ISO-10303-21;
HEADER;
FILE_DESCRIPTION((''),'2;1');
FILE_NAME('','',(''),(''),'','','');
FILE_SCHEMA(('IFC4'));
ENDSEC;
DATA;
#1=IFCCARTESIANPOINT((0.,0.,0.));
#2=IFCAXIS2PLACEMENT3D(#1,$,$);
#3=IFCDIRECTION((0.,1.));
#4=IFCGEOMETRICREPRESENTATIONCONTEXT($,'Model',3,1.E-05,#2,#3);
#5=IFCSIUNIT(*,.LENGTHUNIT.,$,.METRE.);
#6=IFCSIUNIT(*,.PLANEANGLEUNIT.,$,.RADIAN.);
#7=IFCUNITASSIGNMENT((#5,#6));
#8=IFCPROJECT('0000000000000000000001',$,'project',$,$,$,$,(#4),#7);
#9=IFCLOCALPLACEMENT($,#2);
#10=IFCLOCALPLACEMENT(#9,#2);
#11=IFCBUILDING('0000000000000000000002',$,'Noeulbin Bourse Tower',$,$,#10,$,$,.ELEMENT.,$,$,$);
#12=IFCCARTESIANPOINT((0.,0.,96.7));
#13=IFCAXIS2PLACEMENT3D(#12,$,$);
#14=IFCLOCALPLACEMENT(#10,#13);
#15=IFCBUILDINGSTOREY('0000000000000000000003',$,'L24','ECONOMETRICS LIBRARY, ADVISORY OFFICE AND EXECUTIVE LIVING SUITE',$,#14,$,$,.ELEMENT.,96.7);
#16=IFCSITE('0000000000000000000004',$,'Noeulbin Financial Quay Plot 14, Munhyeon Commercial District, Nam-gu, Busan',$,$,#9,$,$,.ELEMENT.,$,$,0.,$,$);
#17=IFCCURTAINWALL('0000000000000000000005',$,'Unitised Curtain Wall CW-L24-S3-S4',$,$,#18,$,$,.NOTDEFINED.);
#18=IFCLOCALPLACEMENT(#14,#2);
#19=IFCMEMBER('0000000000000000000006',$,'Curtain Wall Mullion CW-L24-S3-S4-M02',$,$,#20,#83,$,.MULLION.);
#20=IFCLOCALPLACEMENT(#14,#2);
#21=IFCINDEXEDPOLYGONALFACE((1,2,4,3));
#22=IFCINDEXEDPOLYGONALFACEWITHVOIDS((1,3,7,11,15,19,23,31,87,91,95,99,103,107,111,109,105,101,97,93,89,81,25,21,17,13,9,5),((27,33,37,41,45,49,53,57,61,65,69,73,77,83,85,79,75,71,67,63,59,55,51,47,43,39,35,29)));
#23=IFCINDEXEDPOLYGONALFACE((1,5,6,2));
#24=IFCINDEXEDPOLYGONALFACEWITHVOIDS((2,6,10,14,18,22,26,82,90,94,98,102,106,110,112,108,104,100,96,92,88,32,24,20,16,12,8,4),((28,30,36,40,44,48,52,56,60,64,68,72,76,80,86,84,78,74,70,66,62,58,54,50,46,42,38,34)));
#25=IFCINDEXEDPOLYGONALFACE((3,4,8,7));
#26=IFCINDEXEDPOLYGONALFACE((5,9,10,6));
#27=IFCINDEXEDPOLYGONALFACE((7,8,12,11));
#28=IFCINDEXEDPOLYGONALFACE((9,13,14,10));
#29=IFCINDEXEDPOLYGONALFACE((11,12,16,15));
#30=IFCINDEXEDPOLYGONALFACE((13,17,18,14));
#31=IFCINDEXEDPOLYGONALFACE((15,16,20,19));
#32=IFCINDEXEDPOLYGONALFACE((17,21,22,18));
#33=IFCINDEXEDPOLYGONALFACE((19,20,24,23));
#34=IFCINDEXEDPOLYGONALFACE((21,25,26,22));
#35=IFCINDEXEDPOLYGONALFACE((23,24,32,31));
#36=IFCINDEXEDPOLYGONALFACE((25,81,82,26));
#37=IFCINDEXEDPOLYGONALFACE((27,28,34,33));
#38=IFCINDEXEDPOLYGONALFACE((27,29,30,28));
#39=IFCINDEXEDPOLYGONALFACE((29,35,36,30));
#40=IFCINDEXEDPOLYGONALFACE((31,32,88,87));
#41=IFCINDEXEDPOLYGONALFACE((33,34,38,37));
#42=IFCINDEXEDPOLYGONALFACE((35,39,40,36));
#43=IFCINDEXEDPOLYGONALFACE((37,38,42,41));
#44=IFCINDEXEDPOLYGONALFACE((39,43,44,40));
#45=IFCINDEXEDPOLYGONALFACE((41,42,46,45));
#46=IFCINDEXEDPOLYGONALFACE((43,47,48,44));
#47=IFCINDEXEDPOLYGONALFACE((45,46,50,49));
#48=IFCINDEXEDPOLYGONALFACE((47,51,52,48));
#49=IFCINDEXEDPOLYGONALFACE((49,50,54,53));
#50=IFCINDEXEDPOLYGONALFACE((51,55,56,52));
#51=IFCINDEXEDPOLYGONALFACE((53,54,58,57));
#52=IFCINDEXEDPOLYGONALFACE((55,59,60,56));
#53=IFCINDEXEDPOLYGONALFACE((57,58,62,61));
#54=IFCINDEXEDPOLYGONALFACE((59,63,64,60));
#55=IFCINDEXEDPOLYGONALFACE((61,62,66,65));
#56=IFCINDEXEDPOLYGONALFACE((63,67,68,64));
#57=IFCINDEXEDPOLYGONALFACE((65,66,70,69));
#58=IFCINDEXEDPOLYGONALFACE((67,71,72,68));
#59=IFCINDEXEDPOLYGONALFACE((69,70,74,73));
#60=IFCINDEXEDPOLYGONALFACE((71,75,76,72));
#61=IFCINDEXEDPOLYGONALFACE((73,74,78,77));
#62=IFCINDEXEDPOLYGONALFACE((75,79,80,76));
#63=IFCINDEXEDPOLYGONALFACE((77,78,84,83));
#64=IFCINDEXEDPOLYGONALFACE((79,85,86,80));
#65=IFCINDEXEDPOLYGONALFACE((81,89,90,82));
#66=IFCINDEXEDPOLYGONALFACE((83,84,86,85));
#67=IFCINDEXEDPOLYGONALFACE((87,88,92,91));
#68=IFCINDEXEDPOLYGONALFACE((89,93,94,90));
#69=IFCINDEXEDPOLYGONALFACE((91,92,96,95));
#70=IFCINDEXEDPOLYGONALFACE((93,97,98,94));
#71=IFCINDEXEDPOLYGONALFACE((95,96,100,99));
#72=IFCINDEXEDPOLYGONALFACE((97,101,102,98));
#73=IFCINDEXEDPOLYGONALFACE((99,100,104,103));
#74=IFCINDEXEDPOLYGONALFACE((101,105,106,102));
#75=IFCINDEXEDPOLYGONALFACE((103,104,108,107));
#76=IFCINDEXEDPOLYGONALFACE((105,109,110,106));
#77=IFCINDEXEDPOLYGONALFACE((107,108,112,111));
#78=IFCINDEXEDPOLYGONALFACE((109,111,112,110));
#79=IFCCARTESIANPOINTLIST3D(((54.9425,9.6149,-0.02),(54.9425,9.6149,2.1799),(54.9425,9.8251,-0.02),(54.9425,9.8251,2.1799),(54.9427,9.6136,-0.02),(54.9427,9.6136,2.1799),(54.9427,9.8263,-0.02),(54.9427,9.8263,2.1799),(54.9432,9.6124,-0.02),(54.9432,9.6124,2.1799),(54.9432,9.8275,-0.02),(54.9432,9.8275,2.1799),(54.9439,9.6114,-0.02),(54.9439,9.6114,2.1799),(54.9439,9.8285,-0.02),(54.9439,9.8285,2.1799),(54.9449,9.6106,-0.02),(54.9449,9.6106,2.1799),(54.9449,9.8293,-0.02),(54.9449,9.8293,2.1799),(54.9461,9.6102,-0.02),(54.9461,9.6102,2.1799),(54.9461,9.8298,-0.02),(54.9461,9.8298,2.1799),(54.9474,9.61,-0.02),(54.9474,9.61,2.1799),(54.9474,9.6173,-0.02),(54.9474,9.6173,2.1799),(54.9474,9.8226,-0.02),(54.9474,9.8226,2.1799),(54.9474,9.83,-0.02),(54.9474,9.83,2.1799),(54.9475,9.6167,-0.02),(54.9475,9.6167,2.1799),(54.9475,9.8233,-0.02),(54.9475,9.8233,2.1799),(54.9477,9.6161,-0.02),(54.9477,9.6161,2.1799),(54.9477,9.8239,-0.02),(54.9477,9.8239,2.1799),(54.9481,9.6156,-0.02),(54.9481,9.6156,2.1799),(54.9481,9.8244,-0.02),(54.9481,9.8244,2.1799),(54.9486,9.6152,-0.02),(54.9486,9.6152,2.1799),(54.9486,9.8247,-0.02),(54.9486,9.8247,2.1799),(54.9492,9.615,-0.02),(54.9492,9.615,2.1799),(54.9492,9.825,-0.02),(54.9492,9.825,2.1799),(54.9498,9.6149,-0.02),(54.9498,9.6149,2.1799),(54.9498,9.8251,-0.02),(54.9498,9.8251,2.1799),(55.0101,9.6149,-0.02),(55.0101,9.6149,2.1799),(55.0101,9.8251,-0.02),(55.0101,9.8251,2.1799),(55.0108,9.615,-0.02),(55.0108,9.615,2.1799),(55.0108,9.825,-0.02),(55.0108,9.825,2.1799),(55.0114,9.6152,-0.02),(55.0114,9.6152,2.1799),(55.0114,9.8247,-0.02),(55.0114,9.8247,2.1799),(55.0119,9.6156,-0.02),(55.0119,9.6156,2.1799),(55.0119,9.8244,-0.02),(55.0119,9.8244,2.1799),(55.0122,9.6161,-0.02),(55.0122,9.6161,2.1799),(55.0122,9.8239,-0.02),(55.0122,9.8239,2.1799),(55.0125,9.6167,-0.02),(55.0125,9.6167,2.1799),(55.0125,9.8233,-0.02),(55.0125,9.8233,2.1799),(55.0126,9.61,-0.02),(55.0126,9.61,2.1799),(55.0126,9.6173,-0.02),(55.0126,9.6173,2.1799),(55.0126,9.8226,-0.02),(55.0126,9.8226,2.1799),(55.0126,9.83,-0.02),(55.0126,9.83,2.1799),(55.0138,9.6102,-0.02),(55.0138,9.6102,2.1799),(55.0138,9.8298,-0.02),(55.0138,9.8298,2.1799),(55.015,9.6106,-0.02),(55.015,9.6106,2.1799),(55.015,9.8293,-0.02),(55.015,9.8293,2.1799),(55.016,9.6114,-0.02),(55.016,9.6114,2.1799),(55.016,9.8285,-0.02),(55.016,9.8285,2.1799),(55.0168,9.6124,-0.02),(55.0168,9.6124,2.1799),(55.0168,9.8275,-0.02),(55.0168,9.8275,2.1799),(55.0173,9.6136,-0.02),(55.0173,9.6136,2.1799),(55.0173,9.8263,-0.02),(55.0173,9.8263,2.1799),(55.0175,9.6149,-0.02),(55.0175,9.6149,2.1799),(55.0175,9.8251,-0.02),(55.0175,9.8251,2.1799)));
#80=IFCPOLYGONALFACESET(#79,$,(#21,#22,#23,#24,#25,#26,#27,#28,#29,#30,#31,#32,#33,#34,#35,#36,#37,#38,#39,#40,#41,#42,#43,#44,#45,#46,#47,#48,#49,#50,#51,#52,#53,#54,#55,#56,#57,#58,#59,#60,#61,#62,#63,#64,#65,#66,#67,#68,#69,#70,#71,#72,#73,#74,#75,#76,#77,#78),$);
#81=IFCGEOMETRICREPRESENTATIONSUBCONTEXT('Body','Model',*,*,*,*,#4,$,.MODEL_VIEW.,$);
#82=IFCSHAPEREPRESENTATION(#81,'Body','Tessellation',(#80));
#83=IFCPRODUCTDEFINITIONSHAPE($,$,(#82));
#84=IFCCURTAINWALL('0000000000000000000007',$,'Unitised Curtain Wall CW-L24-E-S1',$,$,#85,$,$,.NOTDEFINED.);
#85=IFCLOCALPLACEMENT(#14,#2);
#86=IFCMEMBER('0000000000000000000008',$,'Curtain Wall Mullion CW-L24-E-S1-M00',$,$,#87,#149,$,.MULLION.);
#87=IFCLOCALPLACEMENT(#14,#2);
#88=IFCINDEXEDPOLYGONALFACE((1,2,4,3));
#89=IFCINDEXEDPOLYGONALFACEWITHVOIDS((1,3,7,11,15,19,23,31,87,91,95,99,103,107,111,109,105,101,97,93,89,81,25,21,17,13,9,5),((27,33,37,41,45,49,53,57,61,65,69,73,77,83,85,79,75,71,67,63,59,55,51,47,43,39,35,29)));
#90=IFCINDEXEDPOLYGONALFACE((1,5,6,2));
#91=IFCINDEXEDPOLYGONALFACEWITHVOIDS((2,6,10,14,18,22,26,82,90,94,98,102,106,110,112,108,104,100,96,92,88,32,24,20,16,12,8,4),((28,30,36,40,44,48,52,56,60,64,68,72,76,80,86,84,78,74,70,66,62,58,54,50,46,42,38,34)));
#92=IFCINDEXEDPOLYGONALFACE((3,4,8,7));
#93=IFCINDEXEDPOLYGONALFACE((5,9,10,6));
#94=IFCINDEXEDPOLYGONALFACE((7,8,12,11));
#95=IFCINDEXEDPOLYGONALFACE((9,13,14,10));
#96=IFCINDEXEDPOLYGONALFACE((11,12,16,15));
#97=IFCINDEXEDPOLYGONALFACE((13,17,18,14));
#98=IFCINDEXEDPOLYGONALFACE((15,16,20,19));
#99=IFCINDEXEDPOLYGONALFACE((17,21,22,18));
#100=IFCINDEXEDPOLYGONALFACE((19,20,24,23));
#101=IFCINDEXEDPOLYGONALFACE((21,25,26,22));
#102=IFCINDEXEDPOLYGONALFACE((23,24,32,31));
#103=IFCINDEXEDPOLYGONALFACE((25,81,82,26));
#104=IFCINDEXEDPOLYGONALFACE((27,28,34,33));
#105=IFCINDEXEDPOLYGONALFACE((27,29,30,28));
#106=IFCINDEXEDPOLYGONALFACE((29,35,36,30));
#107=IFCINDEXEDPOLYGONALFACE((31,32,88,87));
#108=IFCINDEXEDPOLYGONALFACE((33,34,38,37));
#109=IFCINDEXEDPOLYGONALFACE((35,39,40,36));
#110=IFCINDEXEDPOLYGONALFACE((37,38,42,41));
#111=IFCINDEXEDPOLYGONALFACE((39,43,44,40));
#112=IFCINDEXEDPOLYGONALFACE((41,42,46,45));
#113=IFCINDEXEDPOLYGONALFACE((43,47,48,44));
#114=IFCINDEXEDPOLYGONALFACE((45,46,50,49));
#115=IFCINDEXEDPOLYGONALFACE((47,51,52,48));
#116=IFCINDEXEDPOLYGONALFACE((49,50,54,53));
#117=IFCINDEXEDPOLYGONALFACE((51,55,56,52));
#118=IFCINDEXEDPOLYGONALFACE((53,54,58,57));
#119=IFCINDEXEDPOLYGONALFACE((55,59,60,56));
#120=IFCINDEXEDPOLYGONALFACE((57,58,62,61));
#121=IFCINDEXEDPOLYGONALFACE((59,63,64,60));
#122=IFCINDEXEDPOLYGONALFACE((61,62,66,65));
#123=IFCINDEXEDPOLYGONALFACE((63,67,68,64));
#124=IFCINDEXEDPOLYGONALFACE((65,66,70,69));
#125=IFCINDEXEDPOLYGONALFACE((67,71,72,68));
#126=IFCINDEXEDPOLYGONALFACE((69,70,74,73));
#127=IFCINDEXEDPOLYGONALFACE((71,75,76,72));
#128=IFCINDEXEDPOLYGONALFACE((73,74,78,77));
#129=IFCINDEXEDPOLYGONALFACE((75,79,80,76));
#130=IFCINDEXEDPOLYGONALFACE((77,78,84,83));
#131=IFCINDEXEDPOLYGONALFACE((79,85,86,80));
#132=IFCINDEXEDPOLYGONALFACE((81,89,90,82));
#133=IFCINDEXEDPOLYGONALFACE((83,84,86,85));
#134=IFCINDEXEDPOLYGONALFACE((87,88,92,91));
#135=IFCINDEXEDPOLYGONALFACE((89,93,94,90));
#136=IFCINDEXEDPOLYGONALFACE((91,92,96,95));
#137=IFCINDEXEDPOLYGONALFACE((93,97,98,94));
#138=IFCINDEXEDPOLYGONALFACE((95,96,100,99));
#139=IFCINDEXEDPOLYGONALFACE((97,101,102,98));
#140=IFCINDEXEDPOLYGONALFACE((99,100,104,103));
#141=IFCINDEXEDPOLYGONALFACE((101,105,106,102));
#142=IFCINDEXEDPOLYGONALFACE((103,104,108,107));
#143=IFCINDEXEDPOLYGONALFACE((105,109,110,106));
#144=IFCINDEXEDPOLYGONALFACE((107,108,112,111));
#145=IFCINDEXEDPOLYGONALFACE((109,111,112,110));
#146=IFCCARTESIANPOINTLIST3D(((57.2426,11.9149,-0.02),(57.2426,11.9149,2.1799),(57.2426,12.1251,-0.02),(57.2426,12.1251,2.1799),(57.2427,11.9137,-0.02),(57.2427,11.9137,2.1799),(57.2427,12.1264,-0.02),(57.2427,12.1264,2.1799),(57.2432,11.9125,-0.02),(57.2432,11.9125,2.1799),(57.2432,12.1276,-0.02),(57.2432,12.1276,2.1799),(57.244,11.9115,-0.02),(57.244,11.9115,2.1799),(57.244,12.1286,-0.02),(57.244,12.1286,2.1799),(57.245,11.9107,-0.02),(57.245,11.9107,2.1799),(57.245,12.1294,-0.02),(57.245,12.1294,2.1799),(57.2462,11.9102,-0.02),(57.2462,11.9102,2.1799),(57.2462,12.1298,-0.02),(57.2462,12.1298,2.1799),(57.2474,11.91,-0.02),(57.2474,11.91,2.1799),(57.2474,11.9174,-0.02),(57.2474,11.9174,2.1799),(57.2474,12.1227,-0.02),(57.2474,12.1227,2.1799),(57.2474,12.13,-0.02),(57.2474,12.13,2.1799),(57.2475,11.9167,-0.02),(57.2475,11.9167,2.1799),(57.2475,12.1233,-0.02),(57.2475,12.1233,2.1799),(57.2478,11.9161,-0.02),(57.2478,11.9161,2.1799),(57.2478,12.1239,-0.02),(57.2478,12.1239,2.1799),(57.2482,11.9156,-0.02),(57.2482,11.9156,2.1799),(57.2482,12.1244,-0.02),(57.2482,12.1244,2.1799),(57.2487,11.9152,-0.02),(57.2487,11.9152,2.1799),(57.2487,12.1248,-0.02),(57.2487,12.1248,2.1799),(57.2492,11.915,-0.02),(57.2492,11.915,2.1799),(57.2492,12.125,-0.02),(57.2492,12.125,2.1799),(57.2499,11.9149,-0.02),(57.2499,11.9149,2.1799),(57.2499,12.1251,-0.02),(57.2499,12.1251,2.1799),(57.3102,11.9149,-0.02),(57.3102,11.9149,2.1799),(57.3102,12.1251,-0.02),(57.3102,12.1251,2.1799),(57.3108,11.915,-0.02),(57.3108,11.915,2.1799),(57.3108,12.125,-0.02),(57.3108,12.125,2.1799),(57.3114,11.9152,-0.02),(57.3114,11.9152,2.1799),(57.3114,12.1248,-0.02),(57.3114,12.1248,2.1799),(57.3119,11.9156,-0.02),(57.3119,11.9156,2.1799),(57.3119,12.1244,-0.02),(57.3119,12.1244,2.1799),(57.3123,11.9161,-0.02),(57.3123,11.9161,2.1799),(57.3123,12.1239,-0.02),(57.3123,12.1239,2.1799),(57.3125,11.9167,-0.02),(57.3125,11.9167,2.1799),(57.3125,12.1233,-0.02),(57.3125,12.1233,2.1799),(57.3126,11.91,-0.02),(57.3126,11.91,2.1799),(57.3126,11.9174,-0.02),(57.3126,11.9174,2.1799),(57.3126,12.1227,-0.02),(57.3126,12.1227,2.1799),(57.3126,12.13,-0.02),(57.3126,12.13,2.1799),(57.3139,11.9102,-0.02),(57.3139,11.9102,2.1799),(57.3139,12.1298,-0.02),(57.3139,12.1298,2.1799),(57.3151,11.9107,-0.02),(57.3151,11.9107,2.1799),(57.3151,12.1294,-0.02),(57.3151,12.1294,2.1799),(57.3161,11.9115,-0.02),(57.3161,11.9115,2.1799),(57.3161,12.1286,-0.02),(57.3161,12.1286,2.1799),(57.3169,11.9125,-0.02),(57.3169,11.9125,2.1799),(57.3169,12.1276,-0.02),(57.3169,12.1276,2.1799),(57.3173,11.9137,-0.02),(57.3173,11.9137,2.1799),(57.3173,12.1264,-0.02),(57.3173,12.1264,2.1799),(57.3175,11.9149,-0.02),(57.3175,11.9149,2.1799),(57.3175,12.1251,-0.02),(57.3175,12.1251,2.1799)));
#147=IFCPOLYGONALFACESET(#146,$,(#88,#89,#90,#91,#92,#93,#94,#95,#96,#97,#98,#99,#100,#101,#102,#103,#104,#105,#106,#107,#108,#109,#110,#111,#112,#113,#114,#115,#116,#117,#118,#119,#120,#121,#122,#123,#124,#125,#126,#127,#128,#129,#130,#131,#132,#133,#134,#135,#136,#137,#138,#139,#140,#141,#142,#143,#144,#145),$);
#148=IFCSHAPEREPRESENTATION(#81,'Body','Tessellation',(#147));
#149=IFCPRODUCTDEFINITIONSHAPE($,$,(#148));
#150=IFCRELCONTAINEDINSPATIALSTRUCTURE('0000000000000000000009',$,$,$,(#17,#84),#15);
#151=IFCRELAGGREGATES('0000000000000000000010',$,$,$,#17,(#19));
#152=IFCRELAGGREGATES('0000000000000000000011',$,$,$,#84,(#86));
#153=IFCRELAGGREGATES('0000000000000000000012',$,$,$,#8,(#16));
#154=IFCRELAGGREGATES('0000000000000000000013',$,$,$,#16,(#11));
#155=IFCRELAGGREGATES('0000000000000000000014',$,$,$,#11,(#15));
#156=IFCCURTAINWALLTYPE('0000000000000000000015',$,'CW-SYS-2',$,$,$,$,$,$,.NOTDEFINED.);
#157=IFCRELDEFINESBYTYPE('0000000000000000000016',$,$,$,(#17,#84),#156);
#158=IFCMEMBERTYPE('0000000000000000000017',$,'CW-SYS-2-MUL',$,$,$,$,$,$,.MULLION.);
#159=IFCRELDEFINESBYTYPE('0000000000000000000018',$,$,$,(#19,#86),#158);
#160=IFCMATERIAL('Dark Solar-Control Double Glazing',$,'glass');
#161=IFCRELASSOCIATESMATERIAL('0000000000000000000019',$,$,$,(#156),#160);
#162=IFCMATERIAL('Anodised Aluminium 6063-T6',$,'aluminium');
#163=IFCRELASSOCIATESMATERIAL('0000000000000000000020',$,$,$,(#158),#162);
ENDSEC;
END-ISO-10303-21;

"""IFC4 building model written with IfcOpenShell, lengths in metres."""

from ifc_helpers import new_model, si_unit, direction, frame, origin, origin_2d, place, context, subcontext, project, spatial, hollow_rectangle, extrude, material, material_profile, profile_set, type_object, element, aggregate, save


model = new_model("IFC4")

# Units and contexts
model_context = context("Model", 3, precision=1e-05, world=origin(), true_north=direction((0.0, 1.0)))
body_context = subcontext(model_context, "Body", "Model", "MODEL_VIEW")
ifc_project = project(units=[si_unit("LENGTHUNIT", "METRE"), si_unit("PLANEANGLEUNIT", "RADIAN")], contexts=[model_context])

# Site, building, storey
site_placement = place(None, origin())
site = spatial("IfcSite", under=ifc_project, at=site_placement, Name="Noeulbin Financial Quay Plot 14, Munhyeon Commercial District, Nam-gu, Busan", CompositionType="ELEMENT", RefElevation=0.0)
building_placement = place(site_placement, origin())
building = spatial("IfcBuilding", under=site, at=building_placement, Name="Noeulbin Bourse Tower", CompositionType="ELEMENT")
storey_placement = place(building_placement, frame((0.0, 0.0, 96.7)))
storey = spatial("IfcBuildingStorey", under=building, at=storey_placement, Name="L24", Description="ECONOMETRICS LIBRARY, ADVISORY OFFICE AND EXECUTIVE LIVING SUITE", CompositionType="ELEMENT", Elevation=96.7)

# Curtain walls, members
ifc_material_1 = material(Name="Dark Solar-Control Double Glazing", Category="glass")
curtain_wall_type = type_object("IfcCurtainWallType", Name="CW-SYS-2", PredefinedType="NOTDEFINED", material=ifc_material_1)
curtain_wall_1_placement = place(storey_placement, origin())
curtain_wall_1 = element("IfcCurtainWall", 1, at=curtain_wall_1_placement, inside=storey, type_object=curtain_wall_type, Name="Unitised Curtain Wall CW-L24-S3-S4", PredefinedType="NOTDEFINED")
ifc_material_2 = material(Name="Anodised Aluminium 6063-T6", Category="aluminium")
ifc_material_profile_1 = material_profile(ifc_material_2, hollow_rectangle(XDim=0.075, YDim=0.22, WallThickness=0.0049, InnerFilletRadius=0.0024, OuterFilletRadius=0.0049, at=origin_2d()), Name="ALU-MULL-75x220x5", Category="LoadBearing")
ifc_profile_set_1 = profile_set([ifc_material_profile_1], Name="Anodised Aluminium 6063-T6")
member_type_1 = type_object("IfcMemberType", Name="CW-SYS-2-MUL", PredefinedType="MULLION", material=ifc_profile_set_1)
member_1_placement = place(storey_placement, frame((54.98, 9.72, -0.02), z_axis=(0.0, 0.0, 1.0), x_axis=(1.0, 0.0, 0.0)))
member_1 = element("IfcMember", 2, at=member_1_placement, type_object=member_type_1, Name="Curtain Wall Mullion CW-L24-S3-S4-M02", PredefinedType="MULLION", context=body_context, shape_type="SweptSolid", body=[
    extrude(hollow_rectangle(XDim=0.075, YDim=0.22, WallThickness=0.0049, InnerFilletRadius=0.0024, OuterFilletRadius=0.0049, at=origin_2d()), origin(), (0.0, 0.0, 1.0), 2.2),
])
curtain_wall_2_placement = place(storey_placement, origin())
curtain_wall_2 = element("IfcCurtainWall", 3, at=curtain_wall_2_placement, inside=storey, type_object=curtain_wall_type, Name="Unitised Curtain Wall CW-L24-E-S1", PredefinedType="NOTDEFINED")
member_2_placement = place(storey_placement, frame((57.28, 12.02, -0.02), z_axis=(0.0, 0.0, 1.0), x_axis=(1.0, 0.0, 0.0)))
member_2 = element("IfcMember", 4, at=member_2_placement, type_object=member_type_1, Name="Curtain Wall Mullion CW-L24-E-S1-M00", PredefinedType="MULLION", context=body_context, shape_type="SweptSolid", body=[
    extrude(hollow_rectangle(XDim=0.075, YDim=0.22, WallThickness=0.0049, InnerFilletRadius=0.0024, OuterFilletRadius=0.0049, at=origin_2d()), origin(), (0.0, 0.0, 1.0), 2.2),
])

aggregate(curtain_wall_1, [member_1])
aggregate(curtain_wall_2, [member_2])

save(model, "model.ifc")
